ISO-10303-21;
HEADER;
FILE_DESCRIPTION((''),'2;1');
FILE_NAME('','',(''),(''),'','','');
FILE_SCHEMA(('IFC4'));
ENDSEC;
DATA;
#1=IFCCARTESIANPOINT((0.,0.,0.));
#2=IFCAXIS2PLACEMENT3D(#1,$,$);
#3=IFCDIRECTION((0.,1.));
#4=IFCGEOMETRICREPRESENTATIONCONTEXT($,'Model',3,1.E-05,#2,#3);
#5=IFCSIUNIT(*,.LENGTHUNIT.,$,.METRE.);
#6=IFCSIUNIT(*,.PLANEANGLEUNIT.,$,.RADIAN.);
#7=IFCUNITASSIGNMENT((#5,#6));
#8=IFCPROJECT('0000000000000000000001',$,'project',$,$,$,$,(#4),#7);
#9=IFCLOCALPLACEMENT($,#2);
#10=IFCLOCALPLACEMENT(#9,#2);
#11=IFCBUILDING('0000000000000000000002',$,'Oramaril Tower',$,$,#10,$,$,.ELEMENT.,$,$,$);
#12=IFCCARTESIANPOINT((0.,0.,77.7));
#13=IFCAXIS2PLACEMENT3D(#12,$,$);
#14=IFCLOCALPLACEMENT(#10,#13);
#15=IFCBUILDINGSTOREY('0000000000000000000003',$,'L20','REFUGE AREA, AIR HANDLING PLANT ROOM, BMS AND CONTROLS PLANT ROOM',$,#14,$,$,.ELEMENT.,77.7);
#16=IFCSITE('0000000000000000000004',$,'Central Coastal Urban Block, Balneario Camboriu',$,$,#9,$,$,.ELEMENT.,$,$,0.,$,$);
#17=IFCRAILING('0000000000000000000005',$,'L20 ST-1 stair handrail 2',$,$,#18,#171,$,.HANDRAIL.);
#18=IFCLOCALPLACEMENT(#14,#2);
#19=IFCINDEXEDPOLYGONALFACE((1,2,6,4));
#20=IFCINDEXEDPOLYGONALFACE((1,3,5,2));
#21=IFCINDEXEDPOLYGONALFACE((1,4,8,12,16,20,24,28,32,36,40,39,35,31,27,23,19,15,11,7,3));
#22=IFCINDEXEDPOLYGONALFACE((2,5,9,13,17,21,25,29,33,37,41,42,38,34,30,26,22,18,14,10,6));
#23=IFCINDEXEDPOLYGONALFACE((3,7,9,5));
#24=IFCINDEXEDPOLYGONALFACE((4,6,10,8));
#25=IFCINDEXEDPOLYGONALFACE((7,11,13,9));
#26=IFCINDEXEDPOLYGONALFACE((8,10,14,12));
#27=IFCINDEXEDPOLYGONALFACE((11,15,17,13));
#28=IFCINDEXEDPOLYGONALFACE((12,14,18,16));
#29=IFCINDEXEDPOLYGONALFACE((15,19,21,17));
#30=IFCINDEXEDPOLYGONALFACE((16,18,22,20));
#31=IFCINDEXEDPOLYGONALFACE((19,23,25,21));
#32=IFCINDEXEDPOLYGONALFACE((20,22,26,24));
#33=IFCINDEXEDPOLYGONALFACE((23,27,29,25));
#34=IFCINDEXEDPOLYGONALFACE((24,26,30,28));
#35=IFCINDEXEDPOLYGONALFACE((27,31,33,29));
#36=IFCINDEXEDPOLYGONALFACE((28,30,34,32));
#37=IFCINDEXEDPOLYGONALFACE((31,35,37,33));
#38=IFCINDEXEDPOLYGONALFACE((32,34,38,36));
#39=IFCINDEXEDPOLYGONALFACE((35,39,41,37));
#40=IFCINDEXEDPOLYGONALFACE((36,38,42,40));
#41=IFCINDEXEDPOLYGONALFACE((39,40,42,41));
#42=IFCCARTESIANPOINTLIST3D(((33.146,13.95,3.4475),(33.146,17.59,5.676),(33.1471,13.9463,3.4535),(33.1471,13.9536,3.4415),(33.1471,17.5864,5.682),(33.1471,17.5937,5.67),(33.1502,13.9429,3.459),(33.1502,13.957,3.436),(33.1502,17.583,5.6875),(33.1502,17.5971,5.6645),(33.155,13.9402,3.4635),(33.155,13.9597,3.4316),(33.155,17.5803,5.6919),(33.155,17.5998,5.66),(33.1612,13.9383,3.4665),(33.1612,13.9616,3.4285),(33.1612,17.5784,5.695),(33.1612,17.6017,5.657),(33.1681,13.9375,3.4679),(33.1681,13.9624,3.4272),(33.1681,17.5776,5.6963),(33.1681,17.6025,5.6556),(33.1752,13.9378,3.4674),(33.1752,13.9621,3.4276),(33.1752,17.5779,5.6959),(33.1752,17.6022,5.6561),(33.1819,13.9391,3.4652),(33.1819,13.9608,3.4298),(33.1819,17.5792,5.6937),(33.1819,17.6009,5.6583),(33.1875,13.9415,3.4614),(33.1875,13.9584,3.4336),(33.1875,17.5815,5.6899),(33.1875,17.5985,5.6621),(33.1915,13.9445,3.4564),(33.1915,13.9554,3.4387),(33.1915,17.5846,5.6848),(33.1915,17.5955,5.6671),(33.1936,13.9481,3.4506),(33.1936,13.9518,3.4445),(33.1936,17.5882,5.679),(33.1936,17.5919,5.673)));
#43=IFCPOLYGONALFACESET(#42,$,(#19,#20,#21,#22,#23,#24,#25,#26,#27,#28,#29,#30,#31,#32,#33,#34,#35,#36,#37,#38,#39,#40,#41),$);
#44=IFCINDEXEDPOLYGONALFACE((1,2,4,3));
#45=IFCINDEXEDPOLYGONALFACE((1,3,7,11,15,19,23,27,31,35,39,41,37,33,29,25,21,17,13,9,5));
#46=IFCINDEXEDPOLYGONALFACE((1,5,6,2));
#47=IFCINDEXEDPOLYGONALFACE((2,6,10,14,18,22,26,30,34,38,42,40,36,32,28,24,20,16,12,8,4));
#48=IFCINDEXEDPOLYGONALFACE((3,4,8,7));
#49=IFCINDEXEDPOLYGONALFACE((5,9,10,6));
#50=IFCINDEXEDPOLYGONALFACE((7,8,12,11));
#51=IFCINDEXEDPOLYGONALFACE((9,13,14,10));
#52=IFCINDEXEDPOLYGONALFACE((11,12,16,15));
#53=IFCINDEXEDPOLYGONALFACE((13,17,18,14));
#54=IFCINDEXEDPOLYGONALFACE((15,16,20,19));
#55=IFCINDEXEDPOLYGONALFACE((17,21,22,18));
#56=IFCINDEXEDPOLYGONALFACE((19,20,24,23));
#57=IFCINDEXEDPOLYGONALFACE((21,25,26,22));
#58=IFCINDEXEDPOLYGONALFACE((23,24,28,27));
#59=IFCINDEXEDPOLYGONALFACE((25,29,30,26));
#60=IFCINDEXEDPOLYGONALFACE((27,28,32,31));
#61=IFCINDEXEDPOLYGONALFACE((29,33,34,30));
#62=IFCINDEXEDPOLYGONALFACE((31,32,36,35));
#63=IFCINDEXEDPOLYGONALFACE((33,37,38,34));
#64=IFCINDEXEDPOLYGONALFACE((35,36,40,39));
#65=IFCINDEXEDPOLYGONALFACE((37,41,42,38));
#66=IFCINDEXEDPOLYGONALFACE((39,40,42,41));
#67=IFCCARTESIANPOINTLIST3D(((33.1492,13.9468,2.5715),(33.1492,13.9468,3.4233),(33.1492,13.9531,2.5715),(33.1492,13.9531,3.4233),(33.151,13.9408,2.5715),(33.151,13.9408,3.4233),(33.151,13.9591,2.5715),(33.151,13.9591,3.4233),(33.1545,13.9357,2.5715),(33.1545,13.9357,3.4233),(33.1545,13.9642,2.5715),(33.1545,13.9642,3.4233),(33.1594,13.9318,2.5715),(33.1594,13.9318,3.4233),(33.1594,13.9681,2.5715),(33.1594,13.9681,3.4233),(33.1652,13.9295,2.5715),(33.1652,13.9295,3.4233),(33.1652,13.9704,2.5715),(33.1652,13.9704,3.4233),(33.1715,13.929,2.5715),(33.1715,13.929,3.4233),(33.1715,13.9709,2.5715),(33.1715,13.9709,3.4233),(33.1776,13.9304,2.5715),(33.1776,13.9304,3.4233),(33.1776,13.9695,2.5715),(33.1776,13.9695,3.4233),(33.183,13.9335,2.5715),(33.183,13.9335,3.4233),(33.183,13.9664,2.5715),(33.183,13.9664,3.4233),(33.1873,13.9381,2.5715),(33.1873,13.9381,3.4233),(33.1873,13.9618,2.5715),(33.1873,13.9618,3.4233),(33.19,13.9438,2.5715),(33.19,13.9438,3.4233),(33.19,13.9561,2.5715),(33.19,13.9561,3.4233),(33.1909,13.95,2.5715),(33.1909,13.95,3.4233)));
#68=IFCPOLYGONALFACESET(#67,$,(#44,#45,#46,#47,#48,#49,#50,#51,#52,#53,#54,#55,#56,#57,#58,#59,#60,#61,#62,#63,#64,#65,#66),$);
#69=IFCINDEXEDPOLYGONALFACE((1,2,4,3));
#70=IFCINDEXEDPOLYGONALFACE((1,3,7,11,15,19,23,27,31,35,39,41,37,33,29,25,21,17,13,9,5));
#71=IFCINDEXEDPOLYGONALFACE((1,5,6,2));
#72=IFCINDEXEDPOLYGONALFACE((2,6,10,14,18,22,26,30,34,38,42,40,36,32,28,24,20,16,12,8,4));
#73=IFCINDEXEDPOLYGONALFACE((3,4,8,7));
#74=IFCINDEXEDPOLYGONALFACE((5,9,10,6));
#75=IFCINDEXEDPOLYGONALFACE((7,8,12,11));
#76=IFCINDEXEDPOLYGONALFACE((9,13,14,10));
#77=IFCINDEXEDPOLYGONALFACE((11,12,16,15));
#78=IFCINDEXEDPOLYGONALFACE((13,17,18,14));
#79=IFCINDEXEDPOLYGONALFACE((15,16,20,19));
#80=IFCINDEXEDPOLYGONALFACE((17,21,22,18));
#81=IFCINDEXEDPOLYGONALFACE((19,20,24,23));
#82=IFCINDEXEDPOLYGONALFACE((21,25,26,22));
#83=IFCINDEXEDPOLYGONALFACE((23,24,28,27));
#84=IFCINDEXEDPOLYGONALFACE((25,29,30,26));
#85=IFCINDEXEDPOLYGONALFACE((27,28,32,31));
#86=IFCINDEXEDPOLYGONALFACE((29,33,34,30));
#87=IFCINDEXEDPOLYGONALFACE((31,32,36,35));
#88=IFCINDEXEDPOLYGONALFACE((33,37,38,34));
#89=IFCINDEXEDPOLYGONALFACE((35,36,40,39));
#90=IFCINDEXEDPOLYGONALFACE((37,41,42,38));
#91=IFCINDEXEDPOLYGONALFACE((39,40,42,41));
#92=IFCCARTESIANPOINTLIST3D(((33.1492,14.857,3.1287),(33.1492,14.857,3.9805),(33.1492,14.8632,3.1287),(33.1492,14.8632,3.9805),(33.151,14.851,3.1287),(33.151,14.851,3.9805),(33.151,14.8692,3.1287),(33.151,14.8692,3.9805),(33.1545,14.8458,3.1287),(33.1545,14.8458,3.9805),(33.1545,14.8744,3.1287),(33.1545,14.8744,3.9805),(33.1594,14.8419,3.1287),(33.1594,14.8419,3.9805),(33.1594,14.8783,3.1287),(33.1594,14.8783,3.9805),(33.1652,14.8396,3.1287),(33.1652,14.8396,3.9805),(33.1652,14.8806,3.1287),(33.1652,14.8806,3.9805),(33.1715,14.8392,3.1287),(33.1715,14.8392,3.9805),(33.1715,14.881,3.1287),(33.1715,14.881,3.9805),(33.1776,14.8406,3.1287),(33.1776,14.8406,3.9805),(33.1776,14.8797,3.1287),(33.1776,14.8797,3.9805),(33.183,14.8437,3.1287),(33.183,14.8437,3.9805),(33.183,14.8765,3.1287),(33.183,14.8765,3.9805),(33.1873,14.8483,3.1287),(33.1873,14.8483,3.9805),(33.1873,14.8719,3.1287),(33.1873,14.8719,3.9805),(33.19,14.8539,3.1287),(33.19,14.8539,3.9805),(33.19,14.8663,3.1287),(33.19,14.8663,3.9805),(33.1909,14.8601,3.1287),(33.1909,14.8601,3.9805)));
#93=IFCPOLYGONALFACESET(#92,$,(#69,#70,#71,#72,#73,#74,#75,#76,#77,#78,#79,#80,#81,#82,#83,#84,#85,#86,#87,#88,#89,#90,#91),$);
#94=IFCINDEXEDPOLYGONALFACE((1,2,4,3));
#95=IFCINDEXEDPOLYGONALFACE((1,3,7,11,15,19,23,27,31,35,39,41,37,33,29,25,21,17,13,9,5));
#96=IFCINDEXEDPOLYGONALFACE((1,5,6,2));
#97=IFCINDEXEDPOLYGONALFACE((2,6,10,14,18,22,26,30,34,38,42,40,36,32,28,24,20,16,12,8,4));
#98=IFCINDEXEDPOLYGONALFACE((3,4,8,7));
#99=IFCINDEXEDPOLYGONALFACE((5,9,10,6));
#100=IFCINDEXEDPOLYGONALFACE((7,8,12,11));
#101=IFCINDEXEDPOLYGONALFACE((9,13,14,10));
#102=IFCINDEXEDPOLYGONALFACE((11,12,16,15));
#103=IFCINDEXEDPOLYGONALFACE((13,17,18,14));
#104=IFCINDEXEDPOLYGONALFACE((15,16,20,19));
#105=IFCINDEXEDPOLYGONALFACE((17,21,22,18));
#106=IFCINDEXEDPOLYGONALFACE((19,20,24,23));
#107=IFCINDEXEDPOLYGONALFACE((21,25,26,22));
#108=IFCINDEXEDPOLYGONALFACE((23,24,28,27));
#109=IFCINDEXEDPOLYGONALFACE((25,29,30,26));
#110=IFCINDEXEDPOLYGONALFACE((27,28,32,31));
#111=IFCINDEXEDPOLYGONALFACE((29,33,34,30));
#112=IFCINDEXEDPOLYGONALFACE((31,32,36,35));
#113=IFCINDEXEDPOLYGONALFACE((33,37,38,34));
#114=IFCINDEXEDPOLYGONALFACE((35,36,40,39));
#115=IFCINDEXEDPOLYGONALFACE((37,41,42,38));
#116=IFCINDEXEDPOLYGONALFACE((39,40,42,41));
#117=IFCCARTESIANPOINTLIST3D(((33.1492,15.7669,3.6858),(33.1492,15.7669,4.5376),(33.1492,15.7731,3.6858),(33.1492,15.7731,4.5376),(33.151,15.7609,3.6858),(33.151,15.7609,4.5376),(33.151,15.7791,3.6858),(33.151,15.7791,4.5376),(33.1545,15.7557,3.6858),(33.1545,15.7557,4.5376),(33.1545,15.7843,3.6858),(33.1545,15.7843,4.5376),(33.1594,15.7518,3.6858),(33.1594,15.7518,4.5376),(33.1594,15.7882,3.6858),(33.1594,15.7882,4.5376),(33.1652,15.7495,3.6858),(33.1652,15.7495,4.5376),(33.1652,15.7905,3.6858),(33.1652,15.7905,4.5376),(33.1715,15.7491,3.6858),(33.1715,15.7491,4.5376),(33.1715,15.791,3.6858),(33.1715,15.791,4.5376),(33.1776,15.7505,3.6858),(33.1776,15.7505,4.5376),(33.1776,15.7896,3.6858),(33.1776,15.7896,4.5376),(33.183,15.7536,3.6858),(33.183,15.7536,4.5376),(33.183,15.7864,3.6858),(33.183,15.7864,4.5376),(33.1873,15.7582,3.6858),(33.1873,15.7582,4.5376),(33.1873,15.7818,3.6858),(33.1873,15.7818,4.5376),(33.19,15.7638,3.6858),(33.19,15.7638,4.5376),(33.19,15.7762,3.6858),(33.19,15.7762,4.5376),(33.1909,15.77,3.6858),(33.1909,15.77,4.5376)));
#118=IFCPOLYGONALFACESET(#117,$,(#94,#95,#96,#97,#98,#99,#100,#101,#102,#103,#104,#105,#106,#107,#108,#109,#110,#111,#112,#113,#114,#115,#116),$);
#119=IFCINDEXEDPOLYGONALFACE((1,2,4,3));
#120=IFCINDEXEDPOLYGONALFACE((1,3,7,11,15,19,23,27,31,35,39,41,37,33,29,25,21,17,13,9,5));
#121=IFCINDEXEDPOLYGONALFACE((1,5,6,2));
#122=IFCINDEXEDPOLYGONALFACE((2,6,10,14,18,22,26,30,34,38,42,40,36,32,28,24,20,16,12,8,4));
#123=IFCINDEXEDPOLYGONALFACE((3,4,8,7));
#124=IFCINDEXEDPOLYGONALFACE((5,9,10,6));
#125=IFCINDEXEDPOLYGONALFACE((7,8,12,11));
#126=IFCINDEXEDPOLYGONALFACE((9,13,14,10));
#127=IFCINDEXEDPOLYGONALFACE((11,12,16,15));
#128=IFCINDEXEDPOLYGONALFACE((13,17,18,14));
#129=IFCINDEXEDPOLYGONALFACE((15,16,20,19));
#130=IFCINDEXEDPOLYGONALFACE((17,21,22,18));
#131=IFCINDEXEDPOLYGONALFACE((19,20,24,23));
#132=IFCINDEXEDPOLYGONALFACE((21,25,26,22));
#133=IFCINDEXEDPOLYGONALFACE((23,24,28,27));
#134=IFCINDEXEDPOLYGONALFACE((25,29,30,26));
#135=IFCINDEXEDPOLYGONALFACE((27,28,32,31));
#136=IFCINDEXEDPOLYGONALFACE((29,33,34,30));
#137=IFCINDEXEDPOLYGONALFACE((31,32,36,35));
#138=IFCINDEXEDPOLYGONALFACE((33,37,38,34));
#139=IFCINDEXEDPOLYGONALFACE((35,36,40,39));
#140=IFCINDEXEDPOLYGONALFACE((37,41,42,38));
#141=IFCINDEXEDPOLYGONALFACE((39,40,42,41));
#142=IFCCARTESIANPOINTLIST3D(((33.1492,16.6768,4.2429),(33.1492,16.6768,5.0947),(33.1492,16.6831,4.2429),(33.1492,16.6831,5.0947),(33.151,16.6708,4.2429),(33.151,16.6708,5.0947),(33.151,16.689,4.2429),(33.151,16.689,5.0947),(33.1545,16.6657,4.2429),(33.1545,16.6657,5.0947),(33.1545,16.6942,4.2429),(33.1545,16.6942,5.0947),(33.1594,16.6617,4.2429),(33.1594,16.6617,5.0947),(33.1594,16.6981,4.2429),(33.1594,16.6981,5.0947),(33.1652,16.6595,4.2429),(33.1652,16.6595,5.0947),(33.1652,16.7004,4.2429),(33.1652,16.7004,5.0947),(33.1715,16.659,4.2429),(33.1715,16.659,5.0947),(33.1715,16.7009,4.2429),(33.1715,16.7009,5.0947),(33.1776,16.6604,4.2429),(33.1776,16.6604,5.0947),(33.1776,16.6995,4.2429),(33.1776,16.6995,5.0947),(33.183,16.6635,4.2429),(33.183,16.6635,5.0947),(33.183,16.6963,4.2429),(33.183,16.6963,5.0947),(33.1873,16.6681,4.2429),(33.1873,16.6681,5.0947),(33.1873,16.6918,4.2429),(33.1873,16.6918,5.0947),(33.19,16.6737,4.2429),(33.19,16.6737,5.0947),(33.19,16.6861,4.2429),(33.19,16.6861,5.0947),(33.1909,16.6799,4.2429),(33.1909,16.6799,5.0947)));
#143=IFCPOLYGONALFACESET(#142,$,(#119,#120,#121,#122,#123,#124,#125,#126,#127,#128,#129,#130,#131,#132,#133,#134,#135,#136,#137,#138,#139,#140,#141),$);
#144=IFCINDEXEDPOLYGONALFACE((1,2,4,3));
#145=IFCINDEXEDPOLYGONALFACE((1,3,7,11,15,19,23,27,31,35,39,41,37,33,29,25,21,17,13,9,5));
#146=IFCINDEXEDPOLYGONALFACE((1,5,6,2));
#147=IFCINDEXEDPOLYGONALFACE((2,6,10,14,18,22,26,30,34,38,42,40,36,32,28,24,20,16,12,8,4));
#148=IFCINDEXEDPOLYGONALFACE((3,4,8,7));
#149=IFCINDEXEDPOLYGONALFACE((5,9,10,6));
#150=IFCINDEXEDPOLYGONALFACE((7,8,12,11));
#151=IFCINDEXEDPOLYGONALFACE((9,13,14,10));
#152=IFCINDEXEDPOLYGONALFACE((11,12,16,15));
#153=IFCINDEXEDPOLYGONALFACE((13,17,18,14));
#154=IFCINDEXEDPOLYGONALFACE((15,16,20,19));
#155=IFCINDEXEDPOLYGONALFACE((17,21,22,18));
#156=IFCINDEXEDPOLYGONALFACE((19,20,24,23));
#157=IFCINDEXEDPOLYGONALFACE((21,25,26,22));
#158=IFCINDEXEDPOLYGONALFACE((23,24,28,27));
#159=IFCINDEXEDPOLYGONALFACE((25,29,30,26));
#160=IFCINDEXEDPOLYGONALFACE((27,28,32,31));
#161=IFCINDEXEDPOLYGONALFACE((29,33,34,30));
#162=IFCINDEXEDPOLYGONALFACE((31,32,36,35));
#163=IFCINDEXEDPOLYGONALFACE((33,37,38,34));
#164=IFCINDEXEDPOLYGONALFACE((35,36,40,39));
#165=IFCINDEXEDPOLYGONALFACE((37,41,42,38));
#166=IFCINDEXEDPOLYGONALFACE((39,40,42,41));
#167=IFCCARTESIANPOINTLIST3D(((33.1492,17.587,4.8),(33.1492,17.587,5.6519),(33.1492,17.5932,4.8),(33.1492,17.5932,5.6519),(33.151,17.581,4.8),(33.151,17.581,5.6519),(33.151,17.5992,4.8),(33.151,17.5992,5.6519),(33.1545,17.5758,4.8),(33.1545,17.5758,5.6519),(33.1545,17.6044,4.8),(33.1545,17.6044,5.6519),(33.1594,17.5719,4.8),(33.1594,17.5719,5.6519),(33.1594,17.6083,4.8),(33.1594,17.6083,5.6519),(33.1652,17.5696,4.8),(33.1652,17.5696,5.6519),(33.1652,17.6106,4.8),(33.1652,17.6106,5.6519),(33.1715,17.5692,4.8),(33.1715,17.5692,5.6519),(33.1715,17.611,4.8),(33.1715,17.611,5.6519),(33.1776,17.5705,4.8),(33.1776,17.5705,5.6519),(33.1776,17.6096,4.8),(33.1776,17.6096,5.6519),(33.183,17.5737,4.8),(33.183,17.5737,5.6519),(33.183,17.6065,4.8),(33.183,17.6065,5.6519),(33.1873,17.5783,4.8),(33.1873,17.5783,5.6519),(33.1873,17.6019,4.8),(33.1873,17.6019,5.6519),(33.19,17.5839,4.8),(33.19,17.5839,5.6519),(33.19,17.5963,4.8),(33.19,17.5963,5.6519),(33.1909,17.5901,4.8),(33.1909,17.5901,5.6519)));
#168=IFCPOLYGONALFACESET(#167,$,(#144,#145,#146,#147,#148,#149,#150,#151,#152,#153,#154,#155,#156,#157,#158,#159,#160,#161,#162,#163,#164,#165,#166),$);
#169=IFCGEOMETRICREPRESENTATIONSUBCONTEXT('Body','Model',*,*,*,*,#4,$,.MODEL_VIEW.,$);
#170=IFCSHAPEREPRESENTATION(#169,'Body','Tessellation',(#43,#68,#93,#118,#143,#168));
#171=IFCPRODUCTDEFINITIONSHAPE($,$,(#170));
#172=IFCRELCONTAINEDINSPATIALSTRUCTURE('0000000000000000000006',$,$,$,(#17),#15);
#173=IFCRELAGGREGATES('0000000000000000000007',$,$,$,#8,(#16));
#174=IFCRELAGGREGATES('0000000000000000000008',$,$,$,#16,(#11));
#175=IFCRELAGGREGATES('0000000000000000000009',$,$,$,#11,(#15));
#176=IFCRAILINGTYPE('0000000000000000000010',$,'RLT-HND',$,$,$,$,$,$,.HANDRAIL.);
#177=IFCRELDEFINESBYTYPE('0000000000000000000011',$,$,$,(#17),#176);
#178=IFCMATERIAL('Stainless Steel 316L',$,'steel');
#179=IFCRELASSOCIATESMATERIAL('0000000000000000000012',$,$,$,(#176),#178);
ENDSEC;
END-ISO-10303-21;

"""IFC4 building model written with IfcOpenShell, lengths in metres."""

from ifc_helpers import new_model, si_unit, direction, frame, origin, origin_2d, place, context, subcontext, project, spatial, circle, extrude, material, type_object, element, save


model = new_model("IFC4")

# Units and contexts
model_context = context("Model", 3, precision=1e-05, world=origin(), true_north=direction((0.0, 1.0)))
body_context = subcontext(model_context, "Body", "Model", "MODEL_VIEW")
ifc_project = project(units=[si_unit("LENGTHUNIT", "METRE"), si_unit("PLANEANGLEUNIT", "RADIAN")], contexts=[model_context])

# Site, building, storey
site_placement = place(None, origin())
site = spatial("IfcSite", under=ifc_project, at=site_placement, Name="Central Coastal Urban Block, Balneario Camboriu", CompositionType="ELEMENT", RefElevation=0.0)
building_placement = place(site_placement, origin())
building = spatial("IfcBuilding", under=site, at=building_placement, Name="Oramaril Tower", CompositionType="ELEMENT")
storey_placement = place(building_placement, frame((0.0, 0.0, 77.7)))
storey = spatial("IfcBuildingStorey", under=building, at=storey_placement, Name="L20", Description="REFUGE AREA, AIR HANDLING PLANT ROOM, BMS AND CONTROLS PLANT ROOM", CompositionType="ELEMENT", Elevation=77.7)

# Railing
ifc_material_1 = material(Name="Stainless Steel 316L", Category="steel")
railing_type_1 = type_object("IfcRailingType", Name="RLT-HND", PredefinedType="HANDRAIL", material=ifc_material_1)
railing_1_placement = place(storey_placement, frame((33.1699, 13.95, 2.5715)))
element("IfcRailing", 1, at=railing_1_placement, inside=storey, type_object=railing_type_1, Name="L20 ST-1 stair handrail 2", PredefinedType="HANDRAIL", context=body_context, shape_type="SweptSolid", body=[
    extrude(circle(Radius=0.0239, at=origin_2d()), frame((0.0, 0.0, 0.876), z_axis=(0.0, 0.852866, 0.52213), x_axis=(-1.0, 0.0, 0.0)), (0.0, 0.0, 1.0), 4.2681),
    extrude(circle(Radius=0.021, at=origin_2d()), origin(), (0.0, 0.0, 1.0), 0.8518),
    extrude(circle(Radius=0.021, at=origin_2d()), frame((0.0, 0.9102, 0.5571)), (0.0, 0.0, 1.0), 0.8518),
    extrude(circle(Radius=0.021, at=origin_2d()), frame((0.0, 1.8201, 1.1143)), (0.0, 0.0, 1.0), 0.8518),
    extrude(circle(Radius=0.021, at=origin_2d()), frame((0.0, 2.73, 1.6714)), (0.0, 0.0, 1.0), 0.8518),
    extrude(circle(Radius=0.021, at=origin_2d()), frame((0.0, 3.6401, 2.2285)), (0.0, 0.0, 1.0), 0.8518),
])

save(model, "model.ifc")
